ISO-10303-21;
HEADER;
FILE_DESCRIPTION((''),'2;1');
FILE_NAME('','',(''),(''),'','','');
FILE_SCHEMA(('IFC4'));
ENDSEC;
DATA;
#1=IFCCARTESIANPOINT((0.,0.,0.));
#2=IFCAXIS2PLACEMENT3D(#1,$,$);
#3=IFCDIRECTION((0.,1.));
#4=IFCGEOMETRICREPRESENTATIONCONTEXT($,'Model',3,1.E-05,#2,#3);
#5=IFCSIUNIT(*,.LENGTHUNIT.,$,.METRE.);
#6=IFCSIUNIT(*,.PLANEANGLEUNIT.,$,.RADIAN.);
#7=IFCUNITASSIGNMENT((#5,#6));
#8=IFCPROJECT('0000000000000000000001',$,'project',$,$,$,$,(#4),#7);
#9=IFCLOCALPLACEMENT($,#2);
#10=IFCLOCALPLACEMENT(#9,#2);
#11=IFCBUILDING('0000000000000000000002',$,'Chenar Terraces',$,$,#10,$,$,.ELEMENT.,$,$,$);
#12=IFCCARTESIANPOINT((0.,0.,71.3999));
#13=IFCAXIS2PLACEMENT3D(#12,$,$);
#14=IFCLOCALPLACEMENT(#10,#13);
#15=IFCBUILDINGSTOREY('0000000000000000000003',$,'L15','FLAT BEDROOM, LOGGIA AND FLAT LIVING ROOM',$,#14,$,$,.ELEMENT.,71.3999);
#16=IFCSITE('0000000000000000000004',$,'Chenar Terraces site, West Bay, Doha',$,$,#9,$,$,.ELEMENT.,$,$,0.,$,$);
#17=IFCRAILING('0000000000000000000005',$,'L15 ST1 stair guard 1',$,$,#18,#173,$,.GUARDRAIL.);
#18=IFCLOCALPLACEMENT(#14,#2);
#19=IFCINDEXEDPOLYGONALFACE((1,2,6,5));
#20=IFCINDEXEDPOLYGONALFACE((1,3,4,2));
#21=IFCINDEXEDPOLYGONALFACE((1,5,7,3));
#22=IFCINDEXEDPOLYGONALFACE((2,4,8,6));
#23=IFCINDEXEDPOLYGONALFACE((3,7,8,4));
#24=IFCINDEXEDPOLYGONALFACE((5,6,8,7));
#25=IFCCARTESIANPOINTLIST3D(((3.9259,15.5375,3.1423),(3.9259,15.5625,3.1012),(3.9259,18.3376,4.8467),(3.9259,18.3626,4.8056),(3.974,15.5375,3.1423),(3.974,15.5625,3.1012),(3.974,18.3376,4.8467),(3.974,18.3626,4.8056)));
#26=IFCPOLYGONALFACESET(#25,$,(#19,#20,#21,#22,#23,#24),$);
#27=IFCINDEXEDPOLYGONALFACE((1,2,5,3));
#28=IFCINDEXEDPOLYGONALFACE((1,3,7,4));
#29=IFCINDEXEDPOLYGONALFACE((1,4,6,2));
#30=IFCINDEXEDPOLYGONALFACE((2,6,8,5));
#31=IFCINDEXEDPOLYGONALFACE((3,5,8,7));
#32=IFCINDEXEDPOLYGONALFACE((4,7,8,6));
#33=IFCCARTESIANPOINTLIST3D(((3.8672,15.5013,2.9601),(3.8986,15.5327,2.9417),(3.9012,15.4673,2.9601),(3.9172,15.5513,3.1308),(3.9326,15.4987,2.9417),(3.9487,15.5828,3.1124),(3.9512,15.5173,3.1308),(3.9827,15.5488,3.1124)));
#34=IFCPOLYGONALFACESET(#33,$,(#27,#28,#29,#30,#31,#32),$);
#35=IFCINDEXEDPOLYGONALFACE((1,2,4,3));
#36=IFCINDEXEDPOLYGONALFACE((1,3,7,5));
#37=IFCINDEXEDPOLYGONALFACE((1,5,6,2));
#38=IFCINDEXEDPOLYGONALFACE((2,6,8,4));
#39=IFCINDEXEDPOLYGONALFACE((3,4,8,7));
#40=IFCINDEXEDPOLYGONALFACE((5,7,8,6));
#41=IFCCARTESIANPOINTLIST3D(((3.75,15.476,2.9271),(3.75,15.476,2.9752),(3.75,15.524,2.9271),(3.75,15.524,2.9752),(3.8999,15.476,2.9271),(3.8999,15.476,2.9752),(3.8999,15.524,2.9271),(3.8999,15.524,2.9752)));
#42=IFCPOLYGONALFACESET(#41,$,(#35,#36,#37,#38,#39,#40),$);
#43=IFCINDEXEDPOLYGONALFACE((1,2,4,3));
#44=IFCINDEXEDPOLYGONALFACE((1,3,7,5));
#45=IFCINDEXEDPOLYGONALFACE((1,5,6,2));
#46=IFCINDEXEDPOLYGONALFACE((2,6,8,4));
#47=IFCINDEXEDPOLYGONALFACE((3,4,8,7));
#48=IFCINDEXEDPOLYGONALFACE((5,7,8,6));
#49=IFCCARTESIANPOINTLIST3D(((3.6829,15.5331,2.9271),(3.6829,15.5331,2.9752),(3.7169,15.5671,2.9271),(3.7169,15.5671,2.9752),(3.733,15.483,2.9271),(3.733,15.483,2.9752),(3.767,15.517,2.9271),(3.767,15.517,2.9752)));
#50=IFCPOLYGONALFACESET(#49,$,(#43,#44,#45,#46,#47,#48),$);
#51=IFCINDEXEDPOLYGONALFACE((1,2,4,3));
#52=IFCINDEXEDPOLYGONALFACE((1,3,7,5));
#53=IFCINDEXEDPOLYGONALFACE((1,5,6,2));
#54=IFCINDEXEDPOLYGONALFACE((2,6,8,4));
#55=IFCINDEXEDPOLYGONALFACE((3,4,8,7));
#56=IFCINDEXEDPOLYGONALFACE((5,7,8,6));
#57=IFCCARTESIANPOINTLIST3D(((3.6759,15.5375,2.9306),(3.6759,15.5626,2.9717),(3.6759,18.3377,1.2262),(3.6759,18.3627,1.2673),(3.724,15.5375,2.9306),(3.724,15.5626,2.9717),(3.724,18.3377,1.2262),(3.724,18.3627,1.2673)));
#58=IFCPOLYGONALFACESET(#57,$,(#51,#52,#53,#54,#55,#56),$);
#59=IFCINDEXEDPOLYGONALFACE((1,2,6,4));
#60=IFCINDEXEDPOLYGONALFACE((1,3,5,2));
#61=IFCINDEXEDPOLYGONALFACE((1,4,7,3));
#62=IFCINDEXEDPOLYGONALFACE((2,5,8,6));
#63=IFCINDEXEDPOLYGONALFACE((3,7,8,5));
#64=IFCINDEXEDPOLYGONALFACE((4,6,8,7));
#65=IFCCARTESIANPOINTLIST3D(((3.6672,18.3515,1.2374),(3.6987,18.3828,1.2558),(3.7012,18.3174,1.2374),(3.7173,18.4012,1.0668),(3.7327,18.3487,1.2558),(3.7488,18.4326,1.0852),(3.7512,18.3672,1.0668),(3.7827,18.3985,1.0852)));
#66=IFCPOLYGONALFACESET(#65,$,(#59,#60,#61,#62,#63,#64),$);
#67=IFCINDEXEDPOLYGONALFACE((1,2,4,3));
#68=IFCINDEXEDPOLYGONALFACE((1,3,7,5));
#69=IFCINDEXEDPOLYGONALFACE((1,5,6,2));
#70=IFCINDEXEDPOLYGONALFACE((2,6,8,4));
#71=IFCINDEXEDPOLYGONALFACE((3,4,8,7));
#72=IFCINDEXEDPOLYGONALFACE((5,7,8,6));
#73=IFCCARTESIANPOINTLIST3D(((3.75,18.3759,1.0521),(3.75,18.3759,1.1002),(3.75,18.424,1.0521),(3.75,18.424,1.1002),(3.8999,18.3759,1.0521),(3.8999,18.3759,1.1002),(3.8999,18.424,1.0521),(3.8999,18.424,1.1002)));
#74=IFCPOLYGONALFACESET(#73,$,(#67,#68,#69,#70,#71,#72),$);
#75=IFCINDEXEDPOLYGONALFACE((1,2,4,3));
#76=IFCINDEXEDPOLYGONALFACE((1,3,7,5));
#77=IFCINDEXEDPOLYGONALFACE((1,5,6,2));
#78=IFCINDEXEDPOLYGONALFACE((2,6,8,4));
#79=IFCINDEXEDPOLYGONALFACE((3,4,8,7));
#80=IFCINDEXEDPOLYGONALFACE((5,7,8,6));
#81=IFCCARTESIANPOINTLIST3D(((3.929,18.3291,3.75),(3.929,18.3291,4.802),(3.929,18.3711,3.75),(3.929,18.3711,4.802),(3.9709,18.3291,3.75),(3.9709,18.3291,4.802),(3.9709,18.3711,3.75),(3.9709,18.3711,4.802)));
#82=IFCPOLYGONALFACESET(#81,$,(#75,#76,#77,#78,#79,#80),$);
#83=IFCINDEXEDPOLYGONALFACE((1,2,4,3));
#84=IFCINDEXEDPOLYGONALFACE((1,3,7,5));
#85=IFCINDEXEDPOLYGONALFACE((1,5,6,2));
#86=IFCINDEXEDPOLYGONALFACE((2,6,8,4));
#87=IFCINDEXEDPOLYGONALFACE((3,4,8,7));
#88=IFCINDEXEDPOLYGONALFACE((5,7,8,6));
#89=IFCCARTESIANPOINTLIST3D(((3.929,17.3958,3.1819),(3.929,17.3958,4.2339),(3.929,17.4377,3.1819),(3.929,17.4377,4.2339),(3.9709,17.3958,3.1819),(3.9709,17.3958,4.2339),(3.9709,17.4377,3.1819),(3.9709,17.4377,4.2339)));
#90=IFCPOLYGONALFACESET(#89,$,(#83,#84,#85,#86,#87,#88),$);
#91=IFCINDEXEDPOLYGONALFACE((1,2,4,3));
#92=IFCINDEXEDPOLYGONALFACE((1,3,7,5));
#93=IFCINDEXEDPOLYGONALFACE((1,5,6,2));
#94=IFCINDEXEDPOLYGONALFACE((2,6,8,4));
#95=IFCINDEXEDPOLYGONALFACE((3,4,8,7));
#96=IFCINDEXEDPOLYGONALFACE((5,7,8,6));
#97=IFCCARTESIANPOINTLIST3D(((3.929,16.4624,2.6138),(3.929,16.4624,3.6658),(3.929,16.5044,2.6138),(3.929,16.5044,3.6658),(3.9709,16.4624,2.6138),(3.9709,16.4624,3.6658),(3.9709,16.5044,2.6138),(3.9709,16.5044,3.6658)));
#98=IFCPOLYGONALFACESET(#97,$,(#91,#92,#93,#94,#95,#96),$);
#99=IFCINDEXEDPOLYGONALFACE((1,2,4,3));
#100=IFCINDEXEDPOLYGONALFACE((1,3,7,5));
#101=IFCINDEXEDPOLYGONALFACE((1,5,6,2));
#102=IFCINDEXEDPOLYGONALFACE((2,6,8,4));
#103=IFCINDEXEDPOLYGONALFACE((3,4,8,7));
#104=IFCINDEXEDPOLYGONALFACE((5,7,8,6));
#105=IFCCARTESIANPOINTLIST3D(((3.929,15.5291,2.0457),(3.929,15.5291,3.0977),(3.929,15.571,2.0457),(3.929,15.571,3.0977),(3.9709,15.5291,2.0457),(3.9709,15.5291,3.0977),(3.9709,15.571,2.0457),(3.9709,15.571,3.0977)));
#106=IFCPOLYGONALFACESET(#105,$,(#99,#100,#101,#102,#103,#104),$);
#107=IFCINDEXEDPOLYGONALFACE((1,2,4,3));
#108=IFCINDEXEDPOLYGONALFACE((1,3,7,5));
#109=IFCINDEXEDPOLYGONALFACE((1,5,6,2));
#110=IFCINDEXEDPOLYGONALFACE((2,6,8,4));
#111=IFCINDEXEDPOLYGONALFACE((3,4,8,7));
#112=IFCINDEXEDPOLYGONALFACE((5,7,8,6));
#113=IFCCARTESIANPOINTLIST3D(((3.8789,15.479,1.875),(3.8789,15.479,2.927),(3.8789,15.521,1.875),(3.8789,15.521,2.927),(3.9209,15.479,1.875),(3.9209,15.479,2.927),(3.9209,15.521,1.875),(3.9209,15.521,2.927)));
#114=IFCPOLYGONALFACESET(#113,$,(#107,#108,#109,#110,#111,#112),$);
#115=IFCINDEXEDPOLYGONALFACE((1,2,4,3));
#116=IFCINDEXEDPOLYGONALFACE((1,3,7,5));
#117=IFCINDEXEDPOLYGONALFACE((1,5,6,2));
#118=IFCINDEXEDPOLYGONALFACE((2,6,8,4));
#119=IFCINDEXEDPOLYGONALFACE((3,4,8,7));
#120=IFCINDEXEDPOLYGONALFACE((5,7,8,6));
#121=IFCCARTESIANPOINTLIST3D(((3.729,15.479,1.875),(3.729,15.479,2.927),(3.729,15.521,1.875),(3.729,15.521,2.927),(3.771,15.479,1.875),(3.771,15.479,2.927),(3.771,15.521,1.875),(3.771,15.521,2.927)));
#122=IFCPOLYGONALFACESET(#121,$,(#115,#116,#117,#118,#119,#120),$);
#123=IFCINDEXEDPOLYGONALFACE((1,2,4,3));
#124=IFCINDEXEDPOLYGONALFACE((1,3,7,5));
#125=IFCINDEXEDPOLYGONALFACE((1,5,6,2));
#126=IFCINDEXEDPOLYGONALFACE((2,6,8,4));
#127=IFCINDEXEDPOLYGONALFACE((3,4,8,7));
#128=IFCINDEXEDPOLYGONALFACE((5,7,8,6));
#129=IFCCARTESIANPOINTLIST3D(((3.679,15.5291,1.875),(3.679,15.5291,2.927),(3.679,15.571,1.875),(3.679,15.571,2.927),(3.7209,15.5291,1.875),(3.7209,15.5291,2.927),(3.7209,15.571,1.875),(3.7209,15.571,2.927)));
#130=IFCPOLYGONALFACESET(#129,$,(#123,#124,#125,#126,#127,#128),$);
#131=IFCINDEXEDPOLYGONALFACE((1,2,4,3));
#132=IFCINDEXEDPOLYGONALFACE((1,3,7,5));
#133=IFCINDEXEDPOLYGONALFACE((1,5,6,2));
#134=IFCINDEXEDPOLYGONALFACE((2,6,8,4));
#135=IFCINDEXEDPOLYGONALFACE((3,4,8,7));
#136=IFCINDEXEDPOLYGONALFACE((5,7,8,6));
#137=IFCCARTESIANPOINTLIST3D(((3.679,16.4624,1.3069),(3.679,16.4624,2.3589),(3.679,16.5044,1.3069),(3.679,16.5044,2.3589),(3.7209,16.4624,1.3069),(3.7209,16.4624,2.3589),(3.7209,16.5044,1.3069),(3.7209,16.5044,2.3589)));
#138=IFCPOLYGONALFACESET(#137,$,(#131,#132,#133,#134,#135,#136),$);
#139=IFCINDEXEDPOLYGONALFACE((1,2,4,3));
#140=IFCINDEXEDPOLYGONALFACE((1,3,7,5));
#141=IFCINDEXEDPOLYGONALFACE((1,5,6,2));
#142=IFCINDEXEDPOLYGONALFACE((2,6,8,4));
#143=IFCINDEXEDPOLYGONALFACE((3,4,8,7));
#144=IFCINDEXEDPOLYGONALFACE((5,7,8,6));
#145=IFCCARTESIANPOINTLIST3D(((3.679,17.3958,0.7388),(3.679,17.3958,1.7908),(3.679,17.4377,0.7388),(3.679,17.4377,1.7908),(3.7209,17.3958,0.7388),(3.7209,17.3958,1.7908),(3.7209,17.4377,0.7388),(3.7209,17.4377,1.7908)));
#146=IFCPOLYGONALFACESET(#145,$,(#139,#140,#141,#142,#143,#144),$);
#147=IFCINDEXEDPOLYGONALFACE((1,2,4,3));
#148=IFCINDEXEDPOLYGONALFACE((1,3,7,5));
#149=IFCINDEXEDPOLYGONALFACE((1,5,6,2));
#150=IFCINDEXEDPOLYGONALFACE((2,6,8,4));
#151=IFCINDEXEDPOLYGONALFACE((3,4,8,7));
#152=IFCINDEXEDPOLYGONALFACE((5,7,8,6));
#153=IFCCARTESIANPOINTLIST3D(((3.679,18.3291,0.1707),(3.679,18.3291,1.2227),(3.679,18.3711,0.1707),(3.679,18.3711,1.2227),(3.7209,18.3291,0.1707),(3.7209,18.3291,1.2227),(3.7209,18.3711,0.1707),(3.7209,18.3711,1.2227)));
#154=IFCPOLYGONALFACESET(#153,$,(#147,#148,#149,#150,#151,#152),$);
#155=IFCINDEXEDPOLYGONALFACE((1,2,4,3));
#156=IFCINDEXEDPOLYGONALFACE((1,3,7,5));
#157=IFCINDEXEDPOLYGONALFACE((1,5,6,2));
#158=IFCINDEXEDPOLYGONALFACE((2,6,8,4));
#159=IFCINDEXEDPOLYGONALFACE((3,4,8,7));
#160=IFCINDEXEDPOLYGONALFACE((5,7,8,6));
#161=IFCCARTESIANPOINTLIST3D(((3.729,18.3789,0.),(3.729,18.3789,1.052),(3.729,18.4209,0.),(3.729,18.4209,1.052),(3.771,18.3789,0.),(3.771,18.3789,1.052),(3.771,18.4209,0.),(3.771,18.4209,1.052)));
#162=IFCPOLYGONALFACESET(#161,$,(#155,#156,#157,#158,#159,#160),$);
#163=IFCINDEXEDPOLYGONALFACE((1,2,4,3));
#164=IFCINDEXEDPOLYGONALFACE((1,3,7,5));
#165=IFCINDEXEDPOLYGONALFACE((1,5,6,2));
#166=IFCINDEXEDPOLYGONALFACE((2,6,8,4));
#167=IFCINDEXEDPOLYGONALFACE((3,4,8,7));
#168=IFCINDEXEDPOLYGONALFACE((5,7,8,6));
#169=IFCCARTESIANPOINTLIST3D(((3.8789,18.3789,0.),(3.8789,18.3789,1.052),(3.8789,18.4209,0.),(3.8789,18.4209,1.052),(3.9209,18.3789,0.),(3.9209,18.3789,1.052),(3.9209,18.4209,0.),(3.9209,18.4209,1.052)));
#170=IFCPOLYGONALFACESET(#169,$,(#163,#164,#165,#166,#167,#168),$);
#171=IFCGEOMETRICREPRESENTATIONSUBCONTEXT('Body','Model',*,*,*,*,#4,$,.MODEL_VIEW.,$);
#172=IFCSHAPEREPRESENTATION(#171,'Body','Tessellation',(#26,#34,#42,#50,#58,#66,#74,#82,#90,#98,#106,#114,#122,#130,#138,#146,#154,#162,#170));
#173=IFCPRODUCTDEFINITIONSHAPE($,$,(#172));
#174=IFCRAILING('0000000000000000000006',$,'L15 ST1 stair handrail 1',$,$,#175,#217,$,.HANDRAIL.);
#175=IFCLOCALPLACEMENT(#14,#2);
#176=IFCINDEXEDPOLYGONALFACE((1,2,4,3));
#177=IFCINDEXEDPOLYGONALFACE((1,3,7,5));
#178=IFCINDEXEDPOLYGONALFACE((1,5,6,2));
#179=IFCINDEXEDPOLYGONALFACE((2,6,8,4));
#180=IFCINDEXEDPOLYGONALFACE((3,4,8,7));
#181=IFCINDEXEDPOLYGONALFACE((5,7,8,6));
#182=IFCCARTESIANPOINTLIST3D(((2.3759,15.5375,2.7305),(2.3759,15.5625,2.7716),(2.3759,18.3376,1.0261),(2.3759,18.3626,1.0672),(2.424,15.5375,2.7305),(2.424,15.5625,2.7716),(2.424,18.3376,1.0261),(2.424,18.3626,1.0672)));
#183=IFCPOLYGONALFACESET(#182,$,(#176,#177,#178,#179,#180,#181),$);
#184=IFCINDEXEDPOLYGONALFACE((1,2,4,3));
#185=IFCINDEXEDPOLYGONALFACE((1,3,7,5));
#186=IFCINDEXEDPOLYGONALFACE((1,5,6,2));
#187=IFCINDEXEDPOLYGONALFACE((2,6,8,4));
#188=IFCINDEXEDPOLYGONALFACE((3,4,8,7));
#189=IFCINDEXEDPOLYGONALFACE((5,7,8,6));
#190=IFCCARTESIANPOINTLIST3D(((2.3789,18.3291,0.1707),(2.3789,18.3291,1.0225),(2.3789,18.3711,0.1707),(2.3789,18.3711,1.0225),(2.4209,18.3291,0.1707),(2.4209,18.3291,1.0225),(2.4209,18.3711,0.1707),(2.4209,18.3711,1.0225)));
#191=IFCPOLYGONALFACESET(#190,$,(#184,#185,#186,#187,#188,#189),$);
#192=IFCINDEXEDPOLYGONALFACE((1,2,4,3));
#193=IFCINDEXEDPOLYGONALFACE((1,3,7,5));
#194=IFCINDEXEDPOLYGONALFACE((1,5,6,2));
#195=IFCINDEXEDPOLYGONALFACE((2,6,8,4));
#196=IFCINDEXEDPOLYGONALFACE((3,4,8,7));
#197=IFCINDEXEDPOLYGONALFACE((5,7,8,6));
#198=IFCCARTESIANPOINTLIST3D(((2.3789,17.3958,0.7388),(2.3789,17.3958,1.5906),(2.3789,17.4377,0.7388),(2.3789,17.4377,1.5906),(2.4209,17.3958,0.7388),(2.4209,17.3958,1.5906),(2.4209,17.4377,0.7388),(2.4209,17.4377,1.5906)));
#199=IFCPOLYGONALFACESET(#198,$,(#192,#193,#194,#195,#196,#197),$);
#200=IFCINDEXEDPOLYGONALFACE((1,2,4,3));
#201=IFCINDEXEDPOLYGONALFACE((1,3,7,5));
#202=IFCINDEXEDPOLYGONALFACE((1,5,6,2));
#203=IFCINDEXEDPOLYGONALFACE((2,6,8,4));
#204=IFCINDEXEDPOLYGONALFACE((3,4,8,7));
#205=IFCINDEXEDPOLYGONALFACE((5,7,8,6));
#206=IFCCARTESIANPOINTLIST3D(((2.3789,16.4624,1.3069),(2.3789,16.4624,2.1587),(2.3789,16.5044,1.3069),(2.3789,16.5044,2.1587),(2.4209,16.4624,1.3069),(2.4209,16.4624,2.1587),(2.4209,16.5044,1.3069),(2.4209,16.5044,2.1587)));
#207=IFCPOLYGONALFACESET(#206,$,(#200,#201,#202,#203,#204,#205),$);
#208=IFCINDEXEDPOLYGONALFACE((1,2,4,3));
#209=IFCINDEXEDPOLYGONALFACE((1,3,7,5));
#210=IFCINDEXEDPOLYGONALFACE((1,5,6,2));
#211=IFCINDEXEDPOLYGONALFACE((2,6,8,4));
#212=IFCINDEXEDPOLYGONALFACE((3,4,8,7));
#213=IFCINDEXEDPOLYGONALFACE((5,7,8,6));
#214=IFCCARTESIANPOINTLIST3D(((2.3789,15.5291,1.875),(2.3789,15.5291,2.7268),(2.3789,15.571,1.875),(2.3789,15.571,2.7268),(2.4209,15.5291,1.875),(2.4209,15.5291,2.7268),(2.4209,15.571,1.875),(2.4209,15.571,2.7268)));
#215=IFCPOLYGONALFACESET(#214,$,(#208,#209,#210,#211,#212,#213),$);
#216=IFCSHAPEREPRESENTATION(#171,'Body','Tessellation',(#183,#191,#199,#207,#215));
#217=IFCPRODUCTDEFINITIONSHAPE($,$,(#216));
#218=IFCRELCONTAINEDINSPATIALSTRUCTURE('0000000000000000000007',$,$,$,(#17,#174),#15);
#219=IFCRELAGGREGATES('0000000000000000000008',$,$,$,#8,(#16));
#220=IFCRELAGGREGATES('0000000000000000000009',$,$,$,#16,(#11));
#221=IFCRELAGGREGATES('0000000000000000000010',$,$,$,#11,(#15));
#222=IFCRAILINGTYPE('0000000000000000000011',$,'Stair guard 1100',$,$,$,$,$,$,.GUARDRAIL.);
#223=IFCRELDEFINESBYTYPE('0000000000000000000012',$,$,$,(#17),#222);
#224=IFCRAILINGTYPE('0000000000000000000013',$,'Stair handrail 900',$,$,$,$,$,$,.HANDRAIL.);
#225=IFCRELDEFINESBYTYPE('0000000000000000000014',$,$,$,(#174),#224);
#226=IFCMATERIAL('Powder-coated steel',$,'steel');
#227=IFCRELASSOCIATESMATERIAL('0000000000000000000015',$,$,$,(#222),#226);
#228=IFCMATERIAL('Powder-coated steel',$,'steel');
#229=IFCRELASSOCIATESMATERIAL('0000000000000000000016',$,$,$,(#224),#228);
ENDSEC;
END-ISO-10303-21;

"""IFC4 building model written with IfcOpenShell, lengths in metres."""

from ifc_helpers import new_model, si_unit, direction, frame, origin, origin_2d, place, context, subcontext, project, spatial, rectangle, extrude, material, type_object, element, save


model = new_model("IFC4")

# Units and contexts
model_context = context("Model", 3, precision=1e-05, world=origin(), true_north=direction((0.0, 1.0)))
body_context = subcontext(model_context, "Body", "Model", "MODEL_VIEW")
ifc_project = project(units=[si_unit("LENGTHUNIT", "METRE"), si_unit("PLANEANGLEUNIT", "RADIAN")], contexts=[model_context])

# Site, building, storey
site_placement = place(None, origin())
site = spatial("IfcSite", under=ifc_project, at=site_placement, Name="Chenar Terraces site, West Bay, Doha", CompositionType="ELEMENT", RefElevation=0.0)
building_placement = place(site_placement, origin())
building = spatial("IfcBuilding", under=site, at=building_placement, Name="Chenar Terraces", CompositionType="ELEMENT")
storey_placement = place(building_placement, frame((0.0, 0.0, 71.3999)))
storey = spatial("IfcBuildingStorey", under=building, at=storey_placement, Name="L15", Description="FLAT BEDROOM, LOGGIA AND FLAT LIVING ROOM", CompositionType="ELEMENT", Elevation=71.3999)

# Railings
ifc_material_1 = material(Name="Powder-coated steel", Category="steel")
railing_type_1 = type_object("IfcRailingType", Name="Stair guard 1100", PredefinedType="GUARDRAIL", material=ifc_material_1)
railing_1_placement = place(storey_placement, frame((3.95, 18.3501, 3.75)))
element("IfcRailing", 1, at=railing_1_placement, inside=storey, type_object=railing_type_1, Name="L15 ST1 stair guard 1", PredefinedType="GUARDRAIL", context=body_context, shape_type="SweptSolid", body=[
    extrude(rectangle(XDim=0.0481, YDim=0.0481, at=origin_2d()), frame((0.0, 0.0, 1.0762), z_axis=(0.0, -0.854203, -0.51994), x_axis=(1.0, 0.0, 0.0)), (0.0, 0.0, 1.0), 3.2781),
    extrude(rectangle(XDim=0.0481, YDim=0.0481, at=origin_2d()), frame((0.0, -2.8, -0.6284), z_axis=(-0.2709, -0.2709, -0.923703), x_axis=(0.707107, -0.707107, 0.0)), (0.0, 0.0, 1.0), 0.1848),
    extrude(rectangle(XDim=0.0481, YDim=0.0481, at=origin_2d()), frame((-0.05, -2.8501, -0.7988), z_axis=(-1.0, 0.0, 0.0), x_axis=(0.0, -1.0, 0.0)), (0.0, 0.0, 1.0), 0.1499),
    extrude(rectangle(XDim=0.0481, YDim=0.0481, at=origin_2d()), frame((-0.2, -2.8501, -0.7988), z_axis=(-0.707107, 0.707107, 0.0), x_axis=(-0.707107, -0.707107, 0.0)), (0.0, 0.0, 1.0), 0.0708),
    extrude(rectangle(XDim=0.0481, YDim=0.0481, at=origin_2d()), frame((-0.25, -2.8, -0.7988), z_axis=(0.0, 0.854203, -0.51994), x_axis=(-1.0, 0.0, 0.0)), (0.0, 0.0, 1.0), 3.2781),
    extrude(rectangle(XDim=0.0481, YDim=0.0481, at=origin_2d()), frame((-0.25, 0.0, -2.5034), z_axis=(0.270997, 0.269675, -0.924033), x_axis=(-0.705376, 0.708834, 0.0)), (0.0, 0.0, 1.0), 0.1846),
    extrude(rectangle(XDim=0.0481, YDim=0.0481, at=origin_2d()), frame((-0.2, 0.0498, -2.6738), z_axis=(1.0, 0.0, 0.0), x_axis=(0.0, 1.0, 0.0)), (0.0, 0.0, 1.0), 0.1499),
    extrude(rectangle(XDim=0.042, YDim=0.042, at=origin_2d()), origin(), (0.0, 0.0, 1.0), 1.052),
    extrude(rectangle(XDim=0.042, YDim=0.042, at=origin_2d()), frame((0.0, -0.9333, -0.5681)), (0.0, 0.0, 1.0), 1.052),
    extrude(rectangle(XDim=0.042, YDim=0.042, at=origin_2d()), frame((0.0, -1.8667, -1.1362)), (0.0, 0.0, 1.0), 1.052),
    extrude(rectangle(XDim=0.042, YDim=0.042, at=origin_2d()), frame((0.0, -2.8, -1.7043)), (0.0, 0.0, 1.0), 1.052),
    extrude(rectangle(XDim=0.042, YDim=0.042, at=origin_2d()), frame((-0.05, -2.8501, -1.875)), (0.0, 0.0, 1.0), 1.052),
    extrude(rectangle(XDim=0.042, YDim=0.042, at=origin_2d()), frame((-0.2, -2.8501, -1.875)), (0.0, 0.0, 1.0), 1.052),
    extrude(rectangle(XDim=0.042, YDim=0.042, at=origin_2d()), frame((-0.25, -2.8, -1.875)), (0.0, 0.0, 1.0), 1.052),
    extrude(rectangle(XDim=0.042, YDim=0.042, at=origin_2d()), frame((-0.25, -1.8667, -2.4431)), (0.0, 0.0, 1.0), 1.052),
    extrude(rectangle(XDim=0.042, YDim=0.042, at=origin_2d()), frame((-0.25, -0.9333, -3.0112)), (0.0, 0.0, 1.0), 1.052),
    extrude(rectangle(XDim=0.042, YDim=0.042, at=origin_2d()), frame((-0.25, 0.0, -3.5793)), (0.0, 0.0, 1.0), 1.052),
    extrude(rectangle(XDim=0.042, YDim=0.042, at=origin_2d()), frame((-0.2, 0.0498, -3.75)), (0.0, 0.0, 1.0), 1.052),
    extrude(rectangle(XDim=0.042, YDim=0.042, at=origin_2d()), frame((-0.05, 0.0498, -3.75)), (0.0, 0.0, 1.0), 1.052),
])
ifc_material_2 = material(Name="Powder-coated steel", Category="steel")
railing_type_2 = type_object("IfcRailingType", Name="Stair handrail 900", PredefinedType="HANDRAIL", material=ifc_material_2)
railing_2_placement = place(storey_placement, frame((2.3999, 18.3501, 0.1707)))
element("IfcRailing", 2, at=railing_2_placement, inside=storey, type_object=railing_type_2, Name="L15 ST1 stair handrail 1", PredefinedType="HANDRAIL", context=body_context, shape_type="SweptSolid", body=[
    extrude(rectangle(XDim=0.0481, YDim=0.0481, at=origin_2d()), frame((0.0, 0.0, 0.876), z_axis=(0.0, -0.854203, 0.51994), x_axis=(1.0, 0.0, 0.0)), (0.0, 0.0, 1.0), 3.2781),
    extrude(rectangle(XDim=0.042, YDim=0.042, at=origin_2d()), origin(), (0.0, 0.0, 1.0), 0.8518),
    extrude(rectangle(XDim=0.042, YDim=0.042, at=origin_2d()), frame((0.0, -0.9333, 0.5681)), (0.0, 0.0, 1.0), 0.8518),
    extrude(rectangle(XDim=0.042, YDim=0.042, at=origin_2d()), frame((0.0, -1.8667, 1.1362)), (0.0, 0.0, 1.0), 0.8518),
    extrude(rectangle(XDim=0.042, YDim=0.042, at=origin_2d()), frame((0.0, -2.8, 1.7043)), (0.0, 0.0, 1.0), 0.8518),
])

save(model, "model.ifc")
